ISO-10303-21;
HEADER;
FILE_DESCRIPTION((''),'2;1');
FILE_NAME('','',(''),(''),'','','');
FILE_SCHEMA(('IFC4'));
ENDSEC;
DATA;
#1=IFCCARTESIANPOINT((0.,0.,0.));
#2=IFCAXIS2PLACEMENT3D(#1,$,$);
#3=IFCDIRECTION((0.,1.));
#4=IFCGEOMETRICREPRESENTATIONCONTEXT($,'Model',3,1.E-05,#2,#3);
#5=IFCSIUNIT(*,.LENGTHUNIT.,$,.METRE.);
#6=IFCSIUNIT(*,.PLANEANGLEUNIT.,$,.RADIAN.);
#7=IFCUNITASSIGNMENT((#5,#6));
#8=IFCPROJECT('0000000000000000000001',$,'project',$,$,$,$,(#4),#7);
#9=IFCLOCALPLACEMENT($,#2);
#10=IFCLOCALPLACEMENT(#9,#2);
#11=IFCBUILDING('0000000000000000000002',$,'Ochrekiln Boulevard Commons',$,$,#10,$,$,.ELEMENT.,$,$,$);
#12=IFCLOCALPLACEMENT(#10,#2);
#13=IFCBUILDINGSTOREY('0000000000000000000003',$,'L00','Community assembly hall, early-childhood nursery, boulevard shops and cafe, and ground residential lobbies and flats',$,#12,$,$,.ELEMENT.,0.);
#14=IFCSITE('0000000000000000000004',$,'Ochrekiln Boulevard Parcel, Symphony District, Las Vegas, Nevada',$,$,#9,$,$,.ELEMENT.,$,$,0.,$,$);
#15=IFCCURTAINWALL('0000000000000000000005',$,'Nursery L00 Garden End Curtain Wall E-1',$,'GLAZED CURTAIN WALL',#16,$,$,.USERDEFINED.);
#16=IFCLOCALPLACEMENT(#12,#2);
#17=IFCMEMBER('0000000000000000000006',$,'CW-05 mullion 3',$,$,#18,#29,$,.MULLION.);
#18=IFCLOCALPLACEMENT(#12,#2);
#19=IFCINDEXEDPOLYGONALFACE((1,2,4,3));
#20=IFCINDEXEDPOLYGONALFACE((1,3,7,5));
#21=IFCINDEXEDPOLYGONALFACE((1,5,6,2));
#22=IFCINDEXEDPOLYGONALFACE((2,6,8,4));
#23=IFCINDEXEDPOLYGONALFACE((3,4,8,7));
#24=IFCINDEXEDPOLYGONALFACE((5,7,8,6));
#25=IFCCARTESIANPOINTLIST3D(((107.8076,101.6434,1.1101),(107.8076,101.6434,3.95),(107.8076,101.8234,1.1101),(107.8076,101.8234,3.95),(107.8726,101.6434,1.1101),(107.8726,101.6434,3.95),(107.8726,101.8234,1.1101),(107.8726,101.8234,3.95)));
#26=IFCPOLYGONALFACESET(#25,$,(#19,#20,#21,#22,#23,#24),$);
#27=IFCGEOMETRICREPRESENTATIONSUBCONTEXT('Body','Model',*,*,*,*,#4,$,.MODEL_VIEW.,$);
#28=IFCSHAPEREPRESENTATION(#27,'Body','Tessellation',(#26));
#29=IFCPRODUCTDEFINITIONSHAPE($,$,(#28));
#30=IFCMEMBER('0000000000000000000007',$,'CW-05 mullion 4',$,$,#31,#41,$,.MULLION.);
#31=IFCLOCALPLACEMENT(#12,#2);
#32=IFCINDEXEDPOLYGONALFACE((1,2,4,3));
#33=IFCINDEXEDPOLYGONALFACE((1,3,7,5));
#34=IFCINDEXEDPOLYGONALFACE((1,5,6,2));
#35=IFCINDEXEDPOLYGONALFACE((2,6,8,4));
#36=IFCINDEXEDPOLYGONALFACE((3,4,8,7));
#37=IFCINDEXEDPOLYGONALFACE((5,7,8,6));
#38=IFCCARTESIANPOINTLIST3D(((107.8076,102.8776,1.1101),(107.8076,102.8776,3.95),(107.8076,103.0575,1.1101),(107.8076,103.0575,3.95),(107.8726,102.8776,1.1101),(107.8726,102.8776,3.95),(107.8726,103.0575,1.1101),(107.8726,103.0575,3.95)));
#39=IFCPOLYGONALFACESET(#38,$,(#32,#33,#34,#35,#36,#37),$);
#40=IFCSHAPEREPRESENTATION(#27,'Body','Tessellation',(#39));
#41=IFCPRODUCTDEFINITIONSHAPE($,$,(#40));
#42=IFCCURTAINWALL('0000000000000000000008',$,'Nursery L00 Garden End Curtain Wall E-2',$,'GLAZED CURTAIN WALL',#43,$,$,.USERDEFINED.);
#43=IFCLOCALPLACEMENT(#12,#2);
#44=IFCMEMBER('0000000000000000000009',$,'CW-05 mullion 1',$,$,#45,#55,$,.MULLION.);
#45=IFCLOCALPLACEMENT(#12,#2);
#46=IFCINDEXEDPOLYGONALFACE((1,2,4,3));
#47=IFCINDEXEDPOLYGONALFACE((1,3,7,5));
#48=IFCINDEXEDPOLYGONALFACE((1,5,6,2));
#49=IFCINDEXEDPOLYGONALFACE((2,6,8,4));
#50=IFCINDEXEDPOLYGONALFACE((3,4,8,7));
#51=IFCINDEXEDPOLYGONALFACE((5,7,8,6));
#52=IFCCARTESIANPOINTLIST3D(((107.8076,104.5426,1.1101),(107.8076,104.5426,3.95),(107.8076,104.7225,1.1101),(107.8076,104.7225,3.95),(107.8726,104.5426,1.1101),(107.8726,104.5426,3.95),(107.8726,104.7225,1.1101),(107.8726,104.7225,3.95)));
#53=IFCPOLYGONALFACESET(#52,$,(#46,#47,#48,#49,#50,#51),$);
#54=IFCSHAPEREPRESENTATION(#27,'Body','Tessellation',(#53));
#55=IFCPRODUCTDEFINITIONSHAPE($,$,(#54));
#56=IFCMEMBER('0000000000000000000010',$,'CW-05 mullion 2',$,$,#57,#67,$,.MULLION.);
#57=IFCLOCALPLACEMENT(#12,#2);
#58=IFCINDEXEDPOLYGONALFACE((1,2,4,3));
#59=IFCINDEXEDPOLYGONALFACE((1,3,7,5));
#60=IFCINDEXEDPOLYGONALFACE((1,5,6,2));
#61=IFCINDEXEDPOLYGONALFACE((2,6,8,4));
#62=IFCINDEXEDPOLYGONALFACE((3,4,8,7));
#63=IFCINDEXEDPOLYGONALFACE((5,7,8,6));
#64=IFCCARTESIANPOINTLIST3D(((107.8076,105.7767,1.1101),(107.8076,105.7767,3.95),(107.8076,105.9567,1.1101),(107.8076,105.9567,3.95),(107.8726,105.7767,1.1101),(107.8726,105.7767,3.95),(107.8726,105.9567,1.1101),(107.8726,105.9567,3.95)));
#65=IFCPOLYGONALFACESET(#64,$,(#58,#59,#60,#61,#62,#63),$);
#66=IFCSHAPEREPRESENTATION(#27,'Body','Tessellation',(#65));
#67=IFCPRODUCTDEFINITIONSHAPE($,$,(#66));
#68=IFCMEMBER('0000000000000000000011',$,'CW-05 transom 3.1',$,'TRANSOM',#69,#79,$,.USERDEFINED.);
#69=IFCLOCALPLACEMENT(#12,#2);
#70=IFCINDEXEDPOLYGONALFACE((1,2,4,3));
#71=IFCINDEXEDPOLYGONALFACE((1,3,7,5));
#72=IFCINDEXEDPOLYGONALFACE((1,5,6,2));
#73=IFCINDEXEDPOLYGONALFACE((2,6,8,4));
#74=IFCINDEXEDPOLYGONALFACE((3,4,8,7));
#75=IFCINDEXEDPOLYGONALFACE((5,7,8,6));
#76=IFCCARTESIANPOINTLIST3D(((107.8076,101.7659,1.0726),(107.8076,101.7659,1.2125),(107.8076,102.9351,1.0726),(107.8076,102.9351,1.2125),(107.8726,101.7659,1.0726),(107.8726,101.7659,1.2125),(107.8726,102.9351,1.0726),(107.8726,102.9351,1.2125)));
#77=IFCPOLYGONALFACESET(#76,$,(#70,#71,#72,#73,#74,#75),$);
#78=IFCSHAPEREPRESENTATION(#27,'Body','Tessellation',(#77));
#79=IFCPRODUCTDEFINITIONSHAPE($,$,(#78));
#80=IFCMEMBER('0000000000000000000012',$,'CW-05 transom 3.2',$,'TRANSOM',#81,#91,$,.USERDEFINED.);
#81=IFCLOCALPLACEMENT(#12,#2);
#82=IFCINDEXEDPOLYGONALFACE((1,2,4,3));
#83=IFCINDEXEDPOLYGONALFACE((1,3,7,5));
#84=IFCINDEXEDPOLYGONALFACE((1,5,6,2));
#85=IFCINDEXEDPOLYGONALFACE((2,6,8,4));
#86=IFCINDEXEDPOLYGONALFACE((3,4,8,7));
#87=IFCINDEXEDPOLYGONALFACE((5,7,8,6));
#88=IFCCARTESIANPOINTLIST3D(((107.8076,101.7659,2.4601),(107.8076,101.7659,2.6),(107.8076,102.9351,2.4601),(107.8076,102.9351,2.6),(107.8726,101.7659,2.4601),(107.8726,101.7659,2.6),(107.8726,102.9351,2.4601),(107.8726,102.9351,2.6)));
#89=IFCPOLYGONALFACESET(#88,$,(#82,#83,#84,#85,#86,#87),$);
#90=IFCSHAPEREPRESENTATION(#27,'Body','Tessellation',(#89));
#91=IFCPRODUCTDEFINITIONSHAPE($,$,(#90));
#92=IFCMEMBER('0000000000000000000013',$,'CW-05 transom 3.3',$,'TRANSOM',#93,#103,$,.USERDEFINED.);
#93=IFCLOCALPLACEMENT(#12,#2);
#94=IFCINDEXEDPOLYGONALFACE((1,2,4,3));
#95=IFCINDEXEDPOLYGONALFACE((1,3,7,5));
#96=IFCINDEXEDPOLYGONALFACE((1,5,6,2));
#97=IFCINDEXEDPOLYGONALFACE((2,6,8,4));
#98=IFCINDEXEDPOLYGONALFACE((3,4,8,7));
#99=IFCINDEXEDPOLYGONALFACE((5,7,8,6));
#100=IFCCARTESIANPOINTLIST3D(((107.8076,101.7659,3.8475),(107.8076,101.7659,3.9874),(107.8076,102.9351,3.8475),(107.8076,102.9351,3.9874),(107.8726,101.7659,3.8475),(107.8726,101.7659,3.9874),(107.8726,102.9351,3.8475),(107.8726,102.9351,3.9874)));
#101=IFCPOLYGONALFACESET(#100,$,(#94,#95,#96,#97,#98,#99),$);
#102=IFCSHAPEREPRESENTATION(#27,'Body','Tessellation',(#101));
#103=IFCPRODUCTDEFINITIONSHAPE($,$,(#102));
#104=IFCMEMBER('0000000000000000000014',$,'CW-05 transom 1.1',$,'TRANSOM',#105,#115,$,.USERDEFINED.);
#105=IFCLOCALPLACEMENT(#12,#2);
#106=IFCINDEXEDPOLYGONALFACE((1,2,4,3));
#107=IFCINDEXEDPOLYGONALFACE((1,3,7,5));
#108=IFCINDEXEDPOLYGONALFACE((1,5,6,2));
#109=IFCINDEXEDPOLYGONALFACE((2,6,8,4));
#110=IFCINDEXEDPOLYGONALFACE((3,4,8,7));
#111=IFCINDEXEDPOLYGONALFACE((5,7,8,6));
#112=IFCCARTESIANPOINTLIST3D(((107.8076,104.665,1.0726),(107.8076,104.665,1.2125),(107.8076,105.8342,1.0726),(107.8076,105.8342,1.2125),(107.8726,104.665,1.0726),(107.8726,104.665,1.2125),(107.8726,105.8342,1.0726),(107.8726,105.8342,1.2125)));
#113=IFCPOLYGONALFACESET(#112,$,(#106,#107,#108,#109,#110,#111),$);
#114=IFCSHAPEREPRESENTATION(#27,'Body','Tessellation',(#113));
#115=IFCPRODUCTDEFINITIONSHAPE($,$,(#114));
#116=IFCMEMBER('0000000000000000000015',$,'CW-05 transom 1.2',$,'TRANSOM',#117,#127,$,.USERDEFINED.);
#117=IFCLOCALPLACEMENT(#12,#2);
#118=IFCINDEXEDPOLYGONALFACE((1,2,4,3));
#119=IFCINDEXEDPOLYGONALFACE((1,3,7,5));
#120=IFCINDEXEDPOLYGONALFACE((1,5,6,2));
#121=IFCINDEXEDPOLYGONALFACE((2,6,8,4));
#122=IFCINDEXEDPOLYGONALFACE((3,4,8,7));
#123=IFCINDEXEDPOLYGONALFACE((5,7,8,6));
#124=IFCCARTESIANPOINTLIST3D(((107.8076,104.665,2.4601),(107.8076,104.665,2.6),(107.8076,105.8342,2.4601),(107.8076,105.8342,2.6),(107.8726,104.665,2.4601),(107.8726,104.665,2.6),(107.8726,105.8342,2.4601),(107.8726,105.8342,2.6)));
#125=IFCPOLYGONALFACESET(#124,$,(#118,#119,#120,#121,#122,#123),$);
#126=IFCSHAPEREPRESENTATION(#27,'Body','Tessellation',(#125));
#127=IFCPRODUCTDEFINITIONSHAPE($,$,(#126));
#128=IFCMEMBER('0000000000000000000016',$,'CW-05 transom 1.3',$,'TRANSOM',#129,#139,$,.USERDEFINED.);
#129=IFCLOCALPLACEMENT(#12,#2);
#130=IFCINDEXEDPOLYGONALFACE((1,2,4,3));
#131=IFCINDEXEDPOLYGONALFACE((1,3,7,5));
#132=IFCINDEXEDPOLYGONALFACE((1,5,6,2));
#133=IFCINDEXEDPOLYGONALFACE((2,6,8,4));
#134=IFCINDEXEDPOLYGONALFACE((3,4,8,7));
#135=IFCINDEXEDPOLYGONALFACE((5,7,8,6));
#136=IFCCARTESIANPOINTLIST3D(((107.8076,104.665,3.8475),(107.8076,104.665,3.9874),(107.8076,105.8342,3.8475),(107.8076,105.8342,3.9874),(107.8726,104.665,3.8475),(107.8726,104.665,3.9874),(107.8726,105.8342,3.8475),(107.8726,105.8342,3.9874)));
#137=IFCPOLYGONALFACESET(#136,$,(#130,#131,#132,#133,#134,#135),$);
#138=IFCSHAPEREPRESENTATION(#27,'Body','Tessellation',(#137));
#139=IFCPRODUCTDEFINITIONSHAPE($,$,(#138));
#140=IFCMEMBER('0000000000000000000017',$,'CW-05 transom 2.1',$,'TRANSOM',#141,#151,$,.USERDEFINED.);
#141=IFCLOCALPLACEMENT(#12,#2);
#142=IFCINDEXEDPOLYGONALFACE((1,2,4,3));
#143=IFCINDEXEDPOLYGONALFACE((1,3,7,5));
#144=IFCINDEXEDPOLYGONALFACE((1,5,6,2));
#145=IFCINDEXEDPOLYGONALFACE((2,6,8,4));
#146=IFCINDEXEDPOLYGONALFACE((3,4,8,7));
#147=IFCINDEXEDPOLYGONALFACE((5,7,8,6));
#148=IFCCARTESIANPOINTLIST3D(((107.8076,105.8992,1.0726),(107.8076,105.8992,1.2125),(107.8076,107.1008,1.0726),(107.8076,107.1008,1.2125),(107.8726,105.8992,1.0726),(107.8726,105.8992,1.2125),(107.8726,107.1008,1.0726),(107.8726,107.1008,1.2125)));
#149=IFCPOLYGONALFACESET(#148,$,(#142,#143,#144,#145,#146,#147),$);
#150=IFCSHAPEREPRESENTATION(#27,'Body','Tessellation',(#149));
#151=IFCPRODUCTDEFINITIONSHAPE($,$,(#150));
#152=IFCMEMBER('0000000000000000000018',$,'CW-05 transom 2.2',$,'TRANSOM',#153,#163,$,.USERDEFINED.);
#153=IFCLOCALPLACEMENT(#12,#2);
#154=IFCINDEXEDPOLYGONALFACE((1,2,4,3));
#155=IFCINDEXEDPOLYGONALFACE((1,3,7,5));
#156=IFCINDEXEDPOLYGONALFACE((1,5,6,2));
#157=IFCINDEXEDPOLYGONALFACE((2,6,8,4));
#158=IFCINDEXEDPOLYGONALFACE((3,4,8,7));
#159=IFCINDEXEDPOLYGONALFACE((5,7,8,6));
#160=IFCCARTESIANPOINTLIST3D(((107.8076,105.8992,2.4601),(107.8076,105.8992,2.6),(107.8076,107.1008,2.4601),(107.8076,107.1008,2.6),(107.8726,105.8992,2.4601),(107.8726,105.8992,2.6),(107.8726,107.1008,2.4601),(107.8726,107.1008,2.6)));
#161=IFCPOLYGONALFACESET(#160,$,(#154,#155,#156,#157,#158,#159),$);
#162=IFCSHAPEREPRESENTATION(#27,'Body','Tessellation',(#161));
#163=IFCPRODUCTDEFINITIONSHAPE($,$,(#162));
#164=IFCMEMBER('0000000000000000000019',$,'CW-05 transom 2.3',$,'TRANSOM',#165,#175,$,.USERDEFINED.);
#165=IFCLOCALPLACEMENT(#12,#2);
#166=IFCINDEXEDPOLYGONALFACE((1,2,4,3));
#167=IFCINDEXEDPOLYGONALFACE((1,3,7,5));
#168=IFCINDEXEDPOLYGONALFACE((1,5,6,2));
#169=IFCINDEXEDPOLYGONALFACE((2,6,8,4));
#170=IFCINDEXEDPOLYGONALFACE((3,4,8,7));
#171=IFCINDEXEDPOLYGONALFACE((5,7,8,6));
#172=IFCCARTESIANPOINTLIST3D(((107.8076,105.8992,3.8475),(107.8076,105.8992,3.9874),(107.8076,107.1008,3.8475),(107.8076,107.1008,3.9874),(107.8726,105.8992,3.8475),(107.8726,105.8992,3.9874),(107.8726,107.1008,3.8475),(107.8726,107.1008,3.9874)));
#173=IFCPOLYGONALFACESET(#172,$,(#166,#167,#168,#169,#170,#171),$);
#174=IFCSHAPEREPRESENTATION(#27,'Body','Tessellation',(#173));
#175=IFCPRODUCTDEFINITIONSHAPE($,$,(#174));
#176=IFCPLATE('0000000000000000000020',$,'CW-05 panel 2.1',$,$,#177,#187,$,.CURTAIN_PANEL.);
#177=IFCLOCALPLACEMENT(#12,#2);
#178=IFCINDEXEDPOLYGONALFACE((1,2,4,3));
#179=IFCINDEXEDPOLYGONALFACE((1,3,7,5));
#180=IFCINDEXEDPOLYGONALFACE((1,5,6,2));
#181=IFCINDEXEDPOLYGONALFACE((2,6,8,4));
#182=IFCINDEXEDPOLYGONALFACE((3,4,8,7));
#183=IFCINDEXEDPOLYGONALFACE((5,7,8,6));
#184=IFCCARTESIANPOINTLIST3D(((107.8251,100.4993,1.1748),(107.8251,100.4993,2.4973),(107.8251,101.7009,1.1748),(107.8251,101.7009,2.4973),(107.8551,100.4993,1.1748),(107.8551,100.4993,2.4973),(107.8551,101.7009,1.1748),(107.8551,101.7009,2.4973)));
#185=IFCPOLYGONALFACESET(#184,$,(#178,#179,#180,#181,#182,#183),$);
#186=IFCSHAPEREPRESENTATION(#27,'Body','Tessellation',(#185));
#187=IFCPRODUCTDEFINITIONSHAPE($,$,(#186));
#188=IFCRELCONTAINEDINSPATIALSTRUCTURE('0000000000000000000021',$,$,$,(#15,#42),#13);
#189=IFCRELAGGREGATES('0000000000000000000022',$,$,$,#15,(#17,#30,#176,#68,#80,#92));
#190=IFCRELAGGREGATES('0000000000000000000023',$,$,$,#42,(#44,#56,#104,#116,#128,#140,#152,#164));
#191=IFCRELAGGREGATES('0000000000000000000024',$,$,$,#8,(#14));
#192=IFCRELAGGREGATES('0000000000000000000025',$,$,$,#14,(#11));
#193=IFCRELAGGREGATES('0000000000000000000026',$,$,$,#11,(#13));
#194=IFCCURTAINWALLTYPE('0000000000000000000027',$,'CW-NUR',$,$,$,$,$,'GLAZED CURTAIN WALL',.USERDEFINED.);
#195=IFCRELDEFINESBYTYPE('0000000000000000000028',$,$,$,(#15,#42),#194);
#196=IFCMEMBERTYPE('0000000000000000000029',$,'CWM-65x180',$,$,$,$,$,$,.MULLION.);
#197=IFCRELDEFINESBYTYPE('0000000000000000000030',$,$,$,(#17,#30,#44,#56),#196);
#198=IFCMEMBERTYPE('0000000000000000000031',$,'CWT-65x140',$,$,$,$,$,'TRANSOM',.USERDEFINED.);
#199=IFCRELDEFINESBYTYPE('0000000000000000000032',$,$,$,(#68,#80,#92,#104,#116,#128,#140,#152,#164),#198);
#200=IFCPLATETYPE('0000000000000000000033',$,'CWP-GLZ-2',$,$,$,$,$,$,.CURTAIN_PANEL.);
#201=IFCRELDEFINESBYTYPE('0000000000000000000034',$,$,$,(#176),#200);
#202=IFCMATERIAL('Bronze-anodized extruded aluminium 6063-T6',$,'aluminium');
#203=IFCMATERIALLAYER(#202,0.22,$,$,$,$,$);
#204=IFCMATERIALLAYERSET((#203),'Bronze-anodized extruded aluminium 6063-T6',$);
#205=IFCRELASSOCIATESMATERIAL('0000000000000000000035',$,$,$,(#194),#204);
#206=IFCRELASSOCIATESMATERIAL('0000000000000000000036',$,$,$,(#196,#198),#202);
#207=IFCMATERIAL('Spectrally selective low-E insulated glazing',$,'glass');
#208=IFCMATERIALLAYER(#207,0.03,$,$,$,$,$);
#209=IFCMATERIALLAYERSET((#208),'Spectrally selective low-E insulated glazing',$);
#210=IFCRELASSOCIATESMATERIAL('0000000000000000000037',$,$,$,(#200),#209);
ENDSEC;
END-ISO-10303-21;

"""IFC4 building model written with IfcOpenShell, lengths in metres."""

from ifc_helpers import new_model, si_unit, direction, frame, origin, origin_2d, place, context, subcontext, project, spatial, rectangle, extrude, material, layer, layer_set, material_profile, profile_set, type_object, element, aggregate, save


model = new_model("IFC4")

# Units and contexts
model_context = context("Model", 3, precision=1e-05, world=origin(), true_north=direction((0.0, 1.0)))
body_context = subcontext(model_context, "Body", "Model", "MODEL_VIEW")
ifc_project = project(units=[si_unit("LENGTHUNIT", "METRE"), si_unit("PLANEANGLEUNIT", "RADIAN")], contexts=[model_context])

# Site, building, storey
site_placement = place(None, origin())
site = spatial("IfcSite", under=ifc_project, at=site_placement, Name="Ochrekiln Boulevard Parcel, Symphony District, Las Vegas, Nevada", CompositionType="ELEMENT", RefElevation=0.0)
building_placement = place(site_placement, origin())
building = spatial("IfcBuilding", under=site, at=building_placement, Name="Ochrekiln Boulevard Commons", CompositionType="ELEMENT")
storey_placement = place(building_placement, origin())
storey = spatial("IfcBuildingStorey", under=building, at=storey_placement, Name="L00", Description="Community assembly hall, early-childhood nursery, boulevard shops and cafe, and ground residential lobbies and flats", CompositionType="ELEMENT", Elevation=0.0)

# Curtain walls, members
ifc_material_1 = material(Name="Bronze-anodized extruded aluminium 6063-T6", Category="aluminium")
ifc_layer_1 = layer(ifc_material_1, 0.22)
ifc_layer_set_1 = layer_set([ifc_layer_1], Name="Bronze-anodized extruded aluminium 6063-T6")
curtain_wall_type = type_object("IfcCurtainWallType", Name="CW-NUR", ElementType="GLAZED CURTAIN WALL", PredefinedType="USERDEFINED", material=ifc_layer_set_1)
curtain_wall_1_placement = place(storey_placement, origin())
curtain_wall_1 = element("IfcCurtainWall", 1, at=curtain_wall_1_placement, inside=storey, type_object=curtain_wall_type, Name="Nursery L00 Garden End Curtain Wall E-1", ObjectType="GLAZED CURTAIN WALL", PredefinedType="USERDEFINED")
ifc_material_profile_1 = material_profile(ifc_material_1, rectangle(XDim=0.0649, YDim=0.1799, at=origin_2d()), Name="ALU-MUL-65x180")
ifc_profile_set_1 = profile_set([ifc_material_profile_1], Name="Bronze-anodized extruded aluminium 6063-T6")
member_type_1 = type_object("IfcMemberType", Name="CWM-65x180", PredefinedType="MULLION", material=ifc_profile_set_1)
member_1_placement = place(storey_placement, frame((107.8401, 101.7334, 1.1101), z_axis=(0.0, 0.0, 1.0), x_axis=(-1.0, 0.0, 0.0)))
member_1 = element("IfcMember", 2, at=member_1_placement, type_object=member_type_1, Name="CW-05 mullion 3", PredefinedType="MULLION", context=body_context, shape_type="SweptSolid", body=[
    extrude(rectangle(XDim=0.0649, YDim=0.1799, at=origin_2d()), origin(), (0.0, 0.0, 1.0), 2.8398),
])
member_2_placement = place(storey_placement, frame((107.8401, 102.9675, 1.1101), z_axis=(0.0, 0.0, 1.0), x_axis=(-1.0, 0.0, 0.0)))
member_2 = element("IfcMember", 3, at=member_2_placement, type_object=member_type_1, Name="CW-05 mullion 4", PredefinedType="MULLION", context=body_context, shape_type="SweptSolid", body=[
    extrude(rectangle(XDim=0.0649, YDim=0.1799, at=origin_2d()), origin(), (0.0, 0.0, 1.0), 2.8398),
])
curtain_wall_2_placement = place(storey_placement, origin())
curtain_wall_2 = element("IfcCurtainWall", 4, at=curtain_wall_2_placement, inside=storey, type_object=curtain_wall_type, Name="Nursery L00 Garden End Curtain Wall E-2", ObjectType="GLAZED CURTAIN WALL", PredefinedType="USERDEFINED")
member_3_placement = place(storey_placement, frame((107.8401, 104.6326, 1.1101), z_axis=(0.0, 0.0, 1.0), x_axis=(-1.0, 0.0, 0.0)))
member_3 = element("IfcMember", 5, at=member_3_placement, type_object=member_type_1, Name="CW-05 mullion 1", PredefinedType="MULLION", context=body_context, shape_type="SweptSolid", body=[
    extrude(rectangle(XDim=0.0649, YDim=0.1799, at=origin_2d()), origin(), (0.0, 0.0, 1.0), 2.8398),
])
member_4_placement = place(storey_placement, frame((107.8401, 105.8667, 1.1101), z_axis=(0.0, 0.0, 1.0), x_axis=(-1.0, 0.0, 0.0)))
member_4 = element("IfcMember", 6, at=member_4_placement, type_object=member_type_1, Name="CW-05 mullion 2", PredefinedType="MULLION", context=body_context, shape_type="SweptSolid", body=[
    extrude(rectangle(XDim=0.0649, YDim=0.1799, at=origin_2d()), origin(), (0.0, 0.0, 1.0), 2.8398),
])

# Members
ifc_material_profile_2 = material_profile(ifc_material_1, rectangle(XDim=0.0649, YDim=0.1399, at=origin_2d()), Name="ALU-TRN-65x140")
ifc_profile_set_2 = profile_set([ifc_material_profile_2], Name="Bronze-anodized extruded aluminium 6063-T6")
member_type_2 = type_object("IfcMemberType", Name="CWT-65x140", ElementType="TRANSOM", PredefinedType="USERDEFINED", material=ifc_profile_set_2)
member_5_placement = place(storey_placement, frame((107.8401, 101.7659, 1.1426), z_axis=(0.0, 1.0, 0.0), x_axis=(-1.0, 0.0, 0.0)))
member_5 = element("IfcMember", 7, at=member_5_placement, type_object=member_type_2, Name="CW-05 transom 3.1", ObjectType="TRANSOM", PredefinedType="USERDEFINED", context=body_context, shape_type="SweptSolid", body=[
    extrude(rectangle(XDim=0.0649, YDim=0.1399, at=origin_2d()), origin(), (0.0, 0.0, 1.0), 1.1692),
])
member_6_placement = place(storey_placement, frame((107.8401, 101.7659, 2.53), z_axis=(0.0, 1.0, 0.0), x_axis=(-1.0, 0.0, 0.0)))
member_6 = element("IfcMember", 8, at=member_6_placement, type_object=member_type_2, Name="CW-05 transom 3.2", ObjectType="TRANSOM", PredefinedType="USERDEFINED", context=body_context, shape_type="SweptSolid", body=[
    extrude(rectangle(XDim=0.0649, YDim=0.1399, at=origin_2d()), origin(), (0.0, 0.0, 1.0), 1.1692),
])
member_7_placement = place(storey_placement, frame((107.8401, 101.7659, 3.9175), z_axis=(0.0, 1.0, 0.0), x_axis=(-1.0, 0.0, 0.0)))
member_7 = element("IfcMember", 9, at=member_7_placement, type_object=member_type_2, Name="CW-05 transom 3.3", ObjectType="TRANSOM", PredefinedType="USERDEFINED", context=body_context, shape_type="SweptSolid", body=[
    extrude(rectangle(XDim=0.0649, YDim=0.1399, at=origin_2d()), origin(), (0.0, 0.0, 1.0), 1.1692),
])
member_8_placement = place(storey_placement, frame((107.8401, 104.665, 1.1426), z_axis=(0.0, 1.0, 0.0), x_axis=(-1.0, 0.0, 0.0)))
member_8 = element("IfcMember", 10, at=member_8_placement, type_object=member_type_2, Name="CW-05 transom 1.1", ObjectType="TRANSOM", PredefinedType="USERDEFINED", context=body_context, shape_type="SweptSolid", body=[
    extrude(rectangle(XDim=0.0649, YDim=0.1399, at=origin_2d()), origin(), (0.0, 0.0, 1.0), 1.1692),
])
member_9_placement = place(storey_placement, frame((107.8401, 104.665, 2.53), z_axis=(0.0, 1.0, 0.0), x_axis=(-1.0, 0.0, 0.0)))
member_9 = element("IfcMember", 11, at=member_9_placement, type_object=member_type_2, Name="CW-05 transom 1.2", ObjectType="TRANSOM", PredefinedType="USERDEFINED", context=body_context, shape_type="SweptSolid", body=[
    extrude(rectangle(XDim=0.0649, YDim=0.1399, at=origin_2d()), origin(), (0.0, 0.0, 1.0), 1.1692),
])
member_10_placement = place(storey_placement, frame((107.8401, 104.665, 3.9175), z_axis=(0.0, 1.0, 0.0), x_axis=(-1.0, 0.0, 0.0)))
member_10 = element("IfcMember", 12, at=member_10_placement, type_object=member_type_2, Name="CW-05 transom 1.3", ObjectType="TRANSOM", PredefinedType="USERDEFINED", context=body_context, shape_type="SweptSolid", body=[
    extrude(rectangle(XDim=0.0649, YDim=0.1399, at=origin_2d()), origin(), (0.0, 0.0, 1.0), 1.1692),
])
member_11_placement = place(storey_placement, frame((107.8401, 105.8992, 1.1426), z_axis=(0.0, 1.0, 0.0), x_axis=(-1.0, 0.0, 0.0)))
member_11 = element("IfcMember", 13, at=member_11_placement, type_object=member_type_2, Name="CW-05 transom 2.1", ObjectType="TRANSOM", PredefinedType="USERDEFINED", context=body_context, shape_type="SweptSolid", body=[
    extrude(rectangle(XDim=0.0649, YDim=0.1399, at=origin_2d()), origin(), (0.0, 0.0, 1.0), 1.2017),
])
member_12_placement = place(storey_placement, frame((107.8401, 105.8992, 2.53), z_axis=(0.0, 1.0, 0.0), x_axis=(-1.0, 0.0, 0.0)))
member_12 = element("IfcMember", 14, at=member_12_placement, type_object=member_type_2, Name="CW-05 transom 2.2", ObjectType="TRANSOM", PredefinedType="USERDEFINED", context=body_context, shape_type="SweptSolid", body=[
    extrude(rectangle(XDim=0.0649, YDim=0.1399, at=origin_2d()), origin(), (0.0, 0.0, 1.0), 1.2017),
])
member_13_placement = place(storey_placement, frame((107.8401, 105.8992, 3.9175), z_axis=(0.0, 1.0, 0.0), x_axis=(-1.0, 0.0, 0.0)))
member_13 = element("IfcMember", 15, at=member_13_placement, type_object=member_type_2, Name="CW-05 transom 2.3", ObjectType="TRANSOM", PredefinedType="USERDEFINED", context=body_context, shape_type="SweptSolid", body=[
    extrude(rectangle(XDim=0.0649, YDim=0.1399, at=origin_2d()), origin(), (0.0, 0.0, 1.0), 1.2017),
])

# Plate
ifc_material_2 = material(Name="Spectrally selective low-E insulated glazing", Category="glass")
ifc_layer_2 = layer(ifc_material_2, 0.03)
ifc_layer_set_2 = layer_set([ifc_layer_2], Name="Spectrally selective low-E insulated glazing")
plate_type_1 = type_object("IfcPlateType", Name="CWP-GLZ-2", PredefinedType="CURTAIN_PANEL", material=ifc_layer_set_2)
plate_1_placement = place(storey_placement, frame((107.8401, 101.1001, 1.1748), z_axis=(0.0, 0.0, 1.0), x_axis=(0.0, 1.0, 0.0)))
plate_1 = element("IfcPlate", 16, at=plate_1_placement, type_object=plate_type_1, Name="CW-05 panel 2.1", PredefinedType="CURTAIN_PANEL", context=body_context, shape_type="SweptSolid", body=[
    extrude(rectangle(XDim=1.2017, YDim=0.03, at=origin_2d()), origin(), (0.0, 0.0, 1.0), 1.3225),
])
aggregate(curtain_wall_1, [member_1, member_2, plate_1, member_5, member_6, member_7])
aggregate(curtain_wall_2, [member_3, member_4, member_8, member_9, member_10, member_11, member_12, member_13])

save(model, "model.ifc")
